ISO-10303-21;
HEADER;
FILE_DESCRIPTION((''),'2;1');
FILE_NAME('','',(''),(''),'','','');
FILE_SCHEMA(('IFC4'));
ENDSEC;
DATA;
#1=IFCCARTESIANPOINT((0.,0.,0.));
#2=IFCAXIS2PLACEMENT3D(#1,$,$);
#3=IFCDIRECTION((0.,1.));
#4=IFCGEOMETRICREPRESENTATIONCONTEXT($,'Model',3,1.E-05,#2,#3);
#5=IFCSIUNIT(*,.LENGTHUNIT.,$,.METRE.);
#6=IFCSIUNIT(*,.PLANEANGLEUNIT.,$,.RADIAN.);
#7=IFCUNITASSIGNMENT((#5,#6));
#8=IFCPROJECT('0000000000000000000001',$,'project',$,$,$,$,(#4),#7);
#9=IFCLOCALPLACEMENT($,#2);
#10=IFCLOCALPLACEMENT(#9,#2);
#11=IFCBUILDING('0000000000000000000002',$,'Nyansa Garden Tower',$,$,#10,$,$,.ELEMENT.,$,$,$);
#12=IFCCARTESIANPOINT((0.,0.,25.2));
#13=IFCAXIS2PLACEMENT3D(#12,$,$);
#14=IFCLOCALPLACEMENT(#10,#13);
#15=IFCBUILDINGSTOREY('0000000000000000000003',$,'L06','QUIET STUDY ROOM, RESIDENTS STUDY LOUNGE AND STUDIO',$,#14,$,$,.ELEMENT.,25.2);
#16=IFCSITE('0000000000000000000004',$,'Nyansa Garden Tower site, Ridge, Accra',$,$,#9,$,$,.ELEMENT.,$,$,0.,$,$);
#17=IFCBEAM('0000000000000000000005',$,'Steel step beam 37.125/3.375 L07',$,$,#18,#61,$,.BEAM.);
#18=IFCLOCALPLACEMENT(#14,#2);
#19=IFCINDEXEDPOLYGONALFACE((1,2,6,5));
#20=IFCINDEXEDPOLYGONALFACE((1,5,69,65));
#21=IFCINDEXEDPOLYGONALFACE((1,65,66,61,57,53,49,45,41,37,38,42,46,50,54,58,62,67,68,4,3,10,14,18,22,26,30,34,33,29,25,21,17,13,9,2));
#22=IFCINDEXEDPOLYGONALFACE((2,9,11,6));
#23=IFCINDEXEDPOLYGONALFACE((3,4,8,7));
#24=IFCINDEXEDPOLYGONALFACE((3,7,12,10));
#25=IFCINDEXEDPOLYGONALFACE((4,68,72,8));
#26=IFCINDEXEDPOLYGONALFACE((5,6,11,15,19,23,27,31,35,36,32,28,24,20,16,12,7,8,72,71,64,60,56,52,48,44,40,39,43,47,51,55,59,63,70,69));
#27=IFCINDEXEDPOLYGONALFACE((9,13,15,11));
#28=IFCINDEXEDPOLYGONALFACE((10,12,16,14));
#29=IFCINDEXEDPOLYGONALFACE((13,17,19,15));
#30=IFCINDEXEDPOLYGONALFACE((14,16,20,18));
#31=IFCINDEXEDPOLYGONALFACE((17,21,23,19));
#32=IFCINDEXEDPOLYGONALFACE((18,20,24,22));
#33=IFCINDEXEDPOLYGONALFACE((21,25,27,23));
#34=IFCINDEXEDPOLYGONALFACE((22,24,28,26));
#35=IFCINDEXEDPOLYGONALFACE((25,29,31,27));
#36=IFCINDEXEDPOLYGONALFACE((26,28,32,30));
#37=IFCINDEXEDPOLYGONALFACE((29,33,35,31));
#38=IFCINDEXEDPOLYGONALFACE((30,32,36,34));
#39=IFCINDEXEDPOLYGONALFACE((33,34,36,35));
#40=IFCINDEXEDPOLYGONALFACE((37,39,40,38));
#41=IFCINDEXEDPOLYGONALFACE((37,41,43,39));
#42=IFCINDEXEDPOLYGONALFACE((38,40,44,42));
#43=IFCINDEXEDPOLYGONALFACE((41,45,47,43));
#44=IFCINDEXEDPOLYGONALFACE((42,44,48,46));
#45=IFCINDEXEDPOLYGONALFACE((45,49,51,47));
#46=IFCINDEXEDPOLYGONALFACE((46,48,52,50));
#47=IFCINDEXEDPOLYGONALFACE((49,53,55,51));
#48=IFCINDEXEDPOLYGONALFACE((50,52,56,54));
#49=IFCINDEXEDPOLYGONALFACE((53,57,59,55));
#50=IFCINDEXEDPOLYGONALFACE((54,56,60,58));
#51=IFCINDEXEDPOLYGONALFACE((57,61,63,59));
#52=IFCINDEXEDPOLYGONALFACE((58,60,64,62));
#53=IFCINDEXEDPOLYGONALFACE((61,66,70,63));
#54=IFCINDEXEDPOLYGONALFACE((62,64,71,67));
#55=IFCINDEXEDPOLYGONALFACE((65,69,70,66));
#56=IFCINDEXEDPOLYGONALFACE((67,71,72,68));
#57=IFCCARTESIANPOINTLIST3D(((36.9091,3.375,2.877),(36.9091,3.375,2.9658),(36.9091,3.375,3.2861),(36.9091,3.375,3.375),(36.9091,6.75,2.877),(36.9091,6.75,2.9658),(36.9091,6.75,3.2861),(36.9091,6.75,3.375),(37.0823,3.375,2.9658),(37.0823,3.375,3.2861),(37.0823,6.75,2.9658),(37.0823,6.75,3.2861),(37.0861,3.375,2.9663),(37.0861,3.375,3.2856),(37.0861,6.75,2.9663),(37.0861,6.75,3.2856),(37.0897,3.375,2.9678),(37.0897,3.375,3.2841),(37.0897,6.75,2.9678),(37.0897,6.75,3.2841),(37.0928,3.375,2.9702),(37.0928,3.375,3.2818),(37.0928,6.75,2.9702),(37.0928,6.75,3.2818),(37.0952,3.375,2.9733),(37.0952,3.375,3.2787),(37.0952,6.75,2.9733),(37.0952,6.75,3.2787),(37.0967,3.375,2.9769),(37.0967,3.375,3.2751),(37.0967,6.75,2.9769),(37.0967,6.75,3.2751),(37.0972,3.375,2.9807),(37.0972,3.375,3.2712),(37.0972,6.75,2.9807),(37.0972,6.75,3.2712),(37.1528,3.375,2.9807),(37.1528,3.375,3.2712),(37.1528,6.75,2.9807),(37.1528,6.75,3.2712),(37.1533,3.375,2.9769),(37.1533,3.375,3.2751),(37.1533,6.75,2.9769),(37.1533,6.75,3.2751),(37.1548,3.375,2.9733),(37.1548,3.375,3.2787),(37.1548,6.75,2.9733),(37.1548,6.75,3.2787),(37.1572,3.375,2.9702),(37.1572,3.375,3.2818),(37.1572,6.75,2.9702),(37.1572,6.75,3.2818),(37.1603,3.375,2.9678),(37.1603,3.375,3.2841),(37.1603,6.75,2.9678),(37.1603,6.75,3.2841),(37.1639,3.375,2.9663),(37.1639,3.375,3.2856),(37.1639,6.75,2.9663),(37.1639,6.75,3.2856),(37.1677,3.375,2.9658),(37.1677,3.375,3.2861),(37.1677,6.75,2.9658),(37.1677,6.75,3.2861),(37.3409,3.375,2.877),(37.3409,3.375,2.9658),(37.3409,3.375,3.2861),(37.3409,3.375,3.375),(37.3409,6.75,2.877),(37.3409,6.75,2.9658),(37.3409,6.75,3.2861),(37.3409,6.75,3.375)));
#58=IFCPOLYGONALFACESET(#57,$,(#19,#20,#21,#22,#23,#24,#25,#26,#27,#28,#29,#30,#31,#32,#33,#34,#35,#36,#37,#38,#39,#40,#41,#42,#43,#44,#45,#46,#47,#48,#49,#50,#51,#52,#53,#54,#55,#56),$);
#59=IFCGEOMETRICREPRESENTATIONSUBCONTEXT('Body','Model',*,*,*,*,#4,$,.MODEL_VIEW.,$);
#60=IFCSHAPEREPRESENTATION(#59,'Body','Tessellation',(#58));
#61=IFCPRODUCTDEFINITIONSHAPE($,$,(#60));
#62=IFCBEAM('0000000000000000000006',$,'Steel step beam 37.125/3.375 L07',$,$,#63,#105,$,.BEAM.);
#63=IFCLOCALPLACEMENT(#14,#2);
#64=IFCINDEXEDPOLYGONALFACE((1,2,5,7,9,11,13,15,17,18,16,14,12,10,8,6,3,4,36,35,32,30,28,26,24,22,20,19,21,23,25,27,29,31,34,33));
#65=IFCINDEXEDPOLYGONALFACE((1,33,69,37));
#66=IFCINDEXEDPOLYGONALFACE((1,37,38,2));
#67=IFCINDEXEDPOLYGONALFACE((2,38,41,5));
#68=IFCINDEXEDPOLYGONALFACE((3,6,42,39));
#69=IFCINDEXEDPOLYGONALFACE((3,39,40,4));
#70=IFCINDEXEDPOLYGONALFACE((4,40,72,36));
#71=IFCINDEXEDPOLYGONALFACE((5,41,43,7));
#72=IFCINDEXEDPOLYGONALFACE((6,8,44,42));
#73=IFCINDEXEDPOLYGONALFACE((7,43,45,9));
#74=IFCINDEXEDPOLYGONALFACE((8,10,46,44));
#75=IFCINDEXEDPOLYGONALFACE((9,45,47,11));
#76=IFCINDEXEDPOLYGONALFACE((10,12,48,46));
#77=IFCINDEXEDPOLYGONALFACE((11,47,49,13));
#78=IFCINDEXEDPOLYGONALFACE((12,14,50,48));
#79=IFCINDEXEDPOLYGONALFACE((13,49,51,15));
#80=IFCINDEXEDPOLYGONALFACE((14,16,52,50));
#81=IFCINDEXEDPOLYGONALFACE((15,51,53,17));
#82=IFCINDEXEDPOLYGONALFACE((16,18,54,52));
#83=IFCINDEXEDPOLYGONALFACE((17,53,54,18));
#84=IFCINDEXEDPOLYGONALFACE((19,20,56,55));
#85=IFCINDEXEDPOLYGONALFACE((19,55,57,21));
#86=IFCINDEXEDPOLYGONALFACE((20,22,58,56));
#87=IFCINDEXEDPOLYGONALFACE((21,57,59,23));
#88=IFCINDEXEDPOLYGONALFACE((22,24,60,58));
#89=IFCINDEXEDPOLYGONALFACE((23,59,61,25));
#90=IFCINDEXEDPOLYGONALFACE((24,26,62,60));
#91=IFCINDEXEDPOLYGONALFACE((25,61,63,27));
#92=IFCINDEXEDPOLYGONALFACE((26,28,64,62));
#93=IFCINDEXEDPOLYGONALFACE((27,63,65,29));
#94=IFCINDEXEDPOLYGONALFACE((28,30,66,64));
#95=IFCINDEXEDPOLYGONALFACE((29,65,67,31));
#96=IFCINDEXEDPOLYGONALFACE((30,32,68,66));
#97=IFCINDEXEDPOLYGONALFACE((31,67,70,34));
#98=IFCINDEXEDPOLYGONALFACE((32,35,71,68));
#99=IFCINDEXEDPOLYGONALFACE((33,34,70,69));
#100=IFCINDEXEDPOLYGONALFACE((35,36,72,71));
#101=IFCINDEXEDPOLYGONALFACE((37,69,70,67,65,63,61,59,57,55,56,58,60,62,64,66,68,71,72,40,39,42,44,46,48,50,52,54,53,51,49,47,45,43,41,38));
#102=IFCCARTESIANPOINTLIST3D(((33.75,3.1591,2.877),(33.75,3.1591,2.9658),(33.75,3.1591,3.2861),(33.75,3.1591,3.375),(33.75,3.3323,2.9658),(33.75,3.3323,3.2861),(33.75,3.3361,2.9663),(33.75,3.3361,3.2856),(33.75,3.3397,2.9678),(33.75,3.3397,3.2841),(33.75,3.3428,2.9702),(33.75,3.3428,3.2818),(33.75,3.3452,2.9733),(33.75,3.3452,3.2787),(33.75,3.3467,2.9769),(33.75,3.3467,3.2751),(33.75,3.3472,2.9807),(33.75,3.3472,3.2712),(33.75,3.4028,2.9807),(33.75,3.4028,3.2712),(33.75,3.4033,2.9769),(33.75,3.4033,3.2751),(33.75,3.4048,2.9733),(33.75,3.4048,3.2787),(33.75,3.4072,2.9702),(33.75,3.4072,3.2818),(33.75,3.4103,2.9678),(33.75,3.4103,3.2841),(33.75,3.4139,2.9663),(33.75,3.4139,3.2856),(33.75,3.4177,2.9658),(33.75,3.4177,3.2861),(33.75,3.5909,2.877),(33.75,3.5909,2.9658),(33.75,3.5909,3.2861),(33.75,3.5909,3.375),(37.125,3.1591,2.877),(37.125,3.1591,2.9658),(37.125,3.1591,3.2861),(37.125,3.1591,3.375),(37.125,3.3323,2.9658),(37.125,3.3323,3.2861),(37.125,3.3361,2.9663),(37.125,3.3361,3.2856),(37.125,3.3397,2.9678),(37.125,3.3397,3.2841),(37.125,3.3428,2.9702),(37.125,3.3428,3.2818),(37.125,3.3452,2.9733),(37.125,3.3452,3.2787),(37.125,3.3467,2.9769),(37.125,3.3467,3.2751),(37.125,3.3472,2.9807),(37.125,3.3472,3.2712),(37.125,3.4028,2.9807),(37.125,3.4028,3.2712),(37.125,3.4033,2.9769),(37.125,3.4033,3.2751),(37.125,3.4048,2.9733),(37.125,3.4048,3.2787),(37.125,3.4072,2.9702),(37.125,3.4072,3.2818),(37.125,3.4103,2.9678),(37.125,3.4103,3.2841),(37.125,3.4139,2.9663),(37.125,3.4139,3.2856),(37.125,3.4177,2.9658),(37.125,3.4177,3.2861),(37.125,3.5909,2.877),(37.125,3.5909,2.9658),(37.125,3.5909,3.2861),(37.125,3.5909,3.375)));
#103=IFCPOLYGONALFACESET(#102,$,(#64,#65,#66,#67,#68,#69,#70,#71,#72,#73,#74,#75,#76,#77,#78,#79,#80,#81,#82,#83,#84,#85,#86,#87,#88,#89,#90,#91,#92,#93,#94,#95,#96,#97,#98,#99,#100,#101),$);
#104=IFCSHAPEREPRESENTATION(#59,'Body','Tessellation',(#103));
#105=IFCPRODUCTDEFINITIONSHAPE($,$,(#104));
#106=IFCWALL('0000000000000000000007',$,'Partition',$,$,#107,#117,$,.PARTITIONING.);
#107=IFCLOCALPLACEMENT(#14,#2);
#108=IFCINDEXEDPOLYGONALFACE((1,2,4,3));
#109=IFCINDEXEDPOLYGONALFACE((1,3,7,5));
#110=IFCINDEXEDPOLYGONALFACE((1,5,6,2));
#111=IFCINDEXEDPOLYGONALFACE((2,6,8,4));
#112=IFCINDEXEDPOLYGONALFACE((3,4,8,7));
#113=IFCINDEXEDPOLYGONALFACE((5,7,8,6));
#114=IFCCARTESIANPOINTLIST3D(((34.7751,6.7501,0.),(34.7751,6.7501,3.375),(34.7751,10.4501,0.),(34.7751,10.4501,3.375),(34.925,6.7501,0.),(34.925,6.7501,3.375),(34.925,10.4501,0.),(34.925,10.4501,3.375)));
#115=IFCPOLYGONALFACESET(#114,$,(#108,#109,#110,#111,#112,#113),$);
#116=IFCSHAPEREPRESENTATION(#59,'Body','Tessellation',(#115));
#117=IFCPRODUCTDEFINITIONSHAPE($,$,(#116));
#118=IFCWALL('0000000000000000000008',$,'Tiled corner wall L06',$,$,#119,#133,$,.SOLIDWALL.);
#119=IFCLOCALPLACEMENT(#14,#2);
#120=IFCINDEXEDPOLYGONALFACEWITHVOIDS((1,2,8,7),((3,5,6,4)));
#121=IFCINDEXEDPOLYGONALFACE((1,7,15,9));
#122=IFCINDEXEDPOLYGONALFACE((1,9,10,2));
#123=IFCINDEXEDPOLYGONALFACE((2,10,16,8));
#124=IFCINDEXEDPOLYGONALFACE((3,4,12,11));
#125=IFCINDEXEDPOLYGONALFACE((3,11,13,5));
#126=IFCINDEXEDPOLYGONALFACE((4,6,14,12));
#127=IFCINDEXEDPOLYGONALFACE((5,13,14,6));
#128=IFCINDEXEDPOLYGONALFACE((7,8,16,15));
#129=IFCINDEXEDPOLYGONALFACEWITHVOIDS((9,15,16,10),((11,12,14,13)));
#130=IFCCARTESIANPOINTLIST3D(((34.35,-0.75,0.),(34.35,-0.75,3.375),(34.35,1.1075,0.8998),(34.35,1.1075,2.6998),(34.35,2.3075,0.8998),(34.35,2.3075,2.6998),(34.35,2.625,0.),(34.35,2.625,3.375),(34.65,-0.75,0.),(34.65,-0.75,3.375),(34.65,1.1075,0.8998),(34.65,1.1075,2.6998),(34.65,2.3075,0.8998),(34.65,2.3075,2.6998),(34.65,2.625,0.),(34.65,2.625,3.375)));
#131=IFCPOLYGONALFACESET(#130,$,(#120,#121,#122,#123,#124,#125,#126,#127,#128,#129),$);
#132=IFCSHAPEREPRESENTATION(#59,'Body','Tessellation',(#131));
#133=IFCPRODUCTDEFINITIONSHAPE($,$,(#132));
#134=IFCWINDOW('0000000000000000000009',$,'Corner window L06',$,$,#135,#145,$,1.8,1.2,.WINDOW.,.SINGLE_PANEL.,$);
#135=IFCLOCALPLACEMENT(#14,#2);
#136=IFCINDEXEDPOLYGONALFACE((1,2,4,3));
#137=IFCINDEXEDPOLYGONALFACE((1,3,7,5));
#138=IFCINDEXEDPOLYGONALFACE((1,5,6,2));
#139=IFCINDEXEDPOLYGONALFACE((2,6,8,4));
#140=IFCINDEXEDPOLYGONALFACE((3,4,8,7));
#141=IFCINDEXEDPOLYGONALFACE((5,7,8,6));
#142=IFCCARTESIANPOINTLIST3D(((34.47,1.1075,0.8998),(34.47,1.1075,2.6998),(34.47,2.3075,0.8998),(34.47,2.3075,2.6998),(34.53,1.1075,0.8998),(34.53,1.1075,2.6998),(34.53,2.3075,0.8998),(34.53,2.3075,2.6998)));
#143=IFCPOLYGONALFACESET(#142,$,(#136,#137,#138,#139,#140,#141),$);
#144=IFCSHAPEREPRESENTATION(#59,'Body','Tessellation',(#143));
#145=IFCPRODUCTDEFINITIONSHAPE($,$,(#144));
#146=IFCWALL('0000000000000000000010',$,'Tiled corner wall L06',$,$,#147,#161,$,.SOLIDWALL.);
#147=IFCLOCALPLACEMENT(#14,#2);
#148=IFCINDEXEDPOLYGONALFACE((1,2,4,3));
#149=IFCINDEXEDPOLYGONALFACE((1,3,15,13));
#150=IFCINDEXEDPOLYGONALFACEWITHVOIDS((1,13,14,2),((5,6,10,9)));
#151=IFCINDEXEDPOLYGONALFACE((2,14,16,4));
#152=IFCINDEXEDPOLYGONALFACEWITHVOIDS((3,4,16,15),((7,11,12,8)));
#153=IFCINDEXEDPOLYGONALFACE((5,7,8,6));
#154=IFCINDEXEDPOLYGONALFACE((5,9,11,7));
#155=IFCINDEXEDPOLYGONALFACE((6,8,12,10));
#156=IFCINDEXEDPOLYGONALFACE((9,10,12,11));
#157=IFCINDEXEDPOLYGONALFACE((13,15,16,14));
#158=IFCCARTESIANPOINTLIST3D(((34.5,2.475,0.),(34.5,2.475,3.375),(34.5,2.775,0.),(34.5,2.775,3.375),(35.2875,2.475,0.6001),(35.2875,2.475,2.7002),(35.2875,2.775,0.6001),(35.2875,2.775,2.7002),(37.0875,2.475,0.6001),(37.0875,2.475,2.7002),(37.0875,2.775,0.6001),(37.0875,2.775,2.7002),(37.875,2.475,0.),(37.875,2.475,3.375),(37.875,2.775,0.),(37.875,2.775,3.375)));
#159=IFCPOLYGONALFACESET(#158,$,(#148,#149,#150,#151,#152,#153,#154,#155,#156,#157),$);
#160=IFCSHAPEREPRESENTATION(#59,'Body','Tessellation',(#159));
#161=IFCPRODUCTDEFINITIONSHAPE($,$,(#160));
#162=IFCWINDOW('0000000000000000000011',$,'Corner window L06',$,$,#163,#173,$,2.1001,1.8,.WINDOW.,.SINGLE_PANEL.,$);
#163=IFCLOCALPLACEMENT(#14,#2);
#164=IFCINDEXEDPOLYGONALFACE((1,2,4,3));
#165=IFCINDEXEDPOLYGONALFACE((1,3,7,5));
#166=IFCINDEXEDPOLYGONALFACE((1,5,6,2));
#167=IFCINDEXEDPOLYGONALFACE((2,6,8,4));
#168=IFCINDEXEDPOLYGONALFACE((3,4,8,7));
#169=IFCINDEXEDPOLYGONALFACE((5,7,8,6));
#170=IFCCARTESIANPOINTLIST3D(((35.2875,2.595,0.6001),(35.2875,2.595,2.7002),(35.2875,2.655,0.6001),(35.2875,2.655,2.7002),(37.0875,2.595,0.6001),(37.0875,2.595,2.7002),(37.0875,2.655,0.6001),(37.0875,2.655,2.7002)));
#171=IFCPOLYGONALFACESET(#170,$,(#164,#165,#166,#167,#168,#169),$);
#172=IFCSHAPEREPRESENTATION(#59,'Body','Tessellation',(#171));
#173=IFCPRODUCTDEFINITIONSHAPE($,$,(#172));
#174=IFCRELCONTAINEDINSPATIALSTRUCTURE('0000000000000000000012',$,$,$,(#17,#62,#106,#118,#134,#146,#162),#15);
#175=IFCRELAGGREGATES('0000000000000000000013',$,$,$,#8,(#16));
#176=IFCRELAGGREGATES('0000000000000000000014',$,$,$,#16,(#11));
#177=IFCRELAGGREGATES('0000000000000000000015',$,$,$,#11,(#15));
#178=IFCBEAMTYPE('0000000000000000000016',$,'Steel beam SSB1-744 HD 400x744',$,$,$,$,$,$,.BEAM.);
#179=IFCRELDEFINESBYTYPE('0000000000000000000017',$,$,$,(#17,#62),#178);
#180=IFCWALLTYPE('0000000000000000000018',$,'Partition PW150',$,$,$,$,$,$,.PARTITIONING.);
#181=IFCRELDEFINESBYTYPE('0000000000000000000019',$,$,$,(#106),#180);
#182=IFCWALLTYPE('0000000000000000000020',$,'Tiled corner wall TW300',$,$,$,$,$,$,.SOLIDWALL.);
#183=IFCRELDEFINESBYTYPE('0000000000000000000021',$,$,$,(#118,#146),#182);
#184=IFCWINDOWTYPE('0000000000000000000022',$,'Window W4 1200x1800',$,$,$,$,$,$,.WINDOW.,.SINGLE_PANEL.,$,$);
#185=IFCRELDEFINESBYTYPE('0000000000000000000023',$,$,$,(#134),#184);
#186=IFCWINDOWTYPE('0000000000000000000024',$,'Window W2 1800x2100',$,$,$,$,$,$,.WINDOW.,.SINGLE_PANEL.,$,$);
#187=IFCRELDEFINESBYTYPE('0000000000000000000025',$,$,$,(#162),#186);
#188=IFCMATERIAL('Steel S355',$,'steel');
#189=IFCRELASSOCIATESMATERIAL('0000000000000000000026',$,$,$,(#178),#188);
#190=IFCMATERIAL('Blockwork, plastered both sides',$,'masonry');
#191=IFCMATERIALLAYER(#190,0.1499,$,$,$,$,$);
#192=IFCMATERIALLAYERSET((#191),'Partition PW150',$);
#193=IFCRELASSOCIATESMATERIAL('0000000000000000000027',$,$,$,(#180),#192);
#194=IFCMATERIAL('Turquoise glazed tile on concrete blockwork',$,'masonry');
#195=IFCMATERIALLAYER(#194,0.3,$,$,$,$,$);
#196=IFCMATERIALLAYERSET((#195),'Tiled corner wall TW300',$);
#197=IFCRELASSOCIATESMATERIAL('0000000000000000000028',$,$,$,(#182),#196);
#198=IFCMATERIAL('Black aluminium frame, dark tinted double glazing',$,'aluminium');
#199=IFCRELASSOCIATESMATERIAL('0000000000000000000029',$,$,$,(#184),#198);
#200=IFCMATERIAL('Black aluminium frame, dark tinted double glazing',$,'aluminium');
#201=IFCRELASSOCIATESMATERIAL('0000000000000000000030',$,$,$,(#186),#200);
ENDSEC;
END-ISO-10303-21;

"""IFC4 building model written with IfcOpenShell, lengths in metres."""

from ifc_helpers import new_model, si_unit, direction, frame, frame_2d, origin, origin_2d, place, context, subcontext, project, spatial, rectangle, i_section, extrude, material, layer, layer_set, material_profile, profile_set, type_object, element, fill, save


model = new_model("IFC4")

# Units and contexts
model_context = context("Model", 3, precision=1e-05, world=origin(), true_north=direction((0.0, 1.0)))
body_context = subcontext(model_context, "Body", "Model", "MODEL_VIEW")
ifc_project = project(units=[si_unit("LENGTHUNIT", "METRE"), si_unit("PLANEANGLEUNIT", "RADIAN")], contexts=[model_context])

# Site, building, storey
site_placement = place(None, origin())
site = spatial("IfcSite", under=ifc_project, at=site_placement, Name="Nyansa Garden Tower site, Ridge, Accra", CompositionType="ELEMENT", RefElevation=0.0)
building_placement = place(site_placement, origin())
building = spatial("IfcBuilding", under=site, at=building_placement, Name="Nyansa Garden Tower", CompositionType="ELEMENT")
storey_placement = place(building_placement, frame((0.0, 0.0, 25.2)))
storey = spatial("IfcBuildingStorey", under=building, at=storey_placement, Name="L06", Description="QUIET STUDY ROOM, RESIDENTS STUDY LOUNGE AND STUDIO", CompositionType="ELEMENT", Elevation=25.2)

# Beams
ifc_material_1 = material(Name="Steel S355", Category="steel")
ifc_material_profile_1 = material_profile(ifc_material_1, i_section(OverallWidth=0.4319, OverallDepth=0.498, WebThickness=0.0557, FlangeThickness=0.0889, FilletRadius=0.0149, at=origin_2d()), Name="HD 400x744")
ifc_profile_set_1 = profile_set([ifc_material_profile_1], Name="Steel S355")
beam_type_1 = type_object("IfcBeamType", Name="Steel beam SSB1-744 HD 400x744", PredefinedType="BEAM", material=ifc_profile_set_1)
for number, where, z_axis, x_axis, name in (
    (1, (37.125, 3.375, 3.126), (0.0, 1.0, 0.0), (-1.0, 0.0, 0.0), "Steel step beam 37.125/3.375 L07"),
    (2, (37.125, 3.375, 3.126), (-1.0, 0.0, 0.0), (0.0, -1.0, 0.0), "Steel step beam 37.125/3.375 L07"),
):
    element("IfcBeam", number, at=place(storey_placement, frame(where, z_axis=z_axis, x_axis=x_axis)), inside=storey, type_object=beam_type_1, Name=name, PredefinedType="BEAM", context=body_context, shape_type="SweptSolid", body=[
        extrude(i_section(OverallWidth=0.4319, OverallDepth=0.498, WebThickness=0.0557, FlangeThickness=0.0889, FilletRadius=0.0149, at=origin_2d()), origin(), (0.0, 0.0, 1.0), 3.375),
    ])

# Wall
ifc_material_2 = material(Name="Blockwork, plastered both sides", Category="masonry")
ifc_layer_1 = layer(ifc_material_2, 0.1499)
ifc_layer_set_1 = layer_set([ifc_layer_1], Name="Partition PW150")
wall_type_1 = type_object("IfcWallType", Name="Partition PW150", PredefinedType="PARTITIONING", material=ifc_layer_set_1)
wall_1_placement = place(storey_placement, frame((34.8501, 6.75, 0.0), z_axis=(0.0, 0.0, 1.0), x_axis=(0.0, 1.0, 0.0)))
element("IfcWall", 3, at=wall_1_placement, inside=storey, type_object=wall_type_1, Name="Partition", PredefinedType="PARTITIONING", context=body_context, shape_type="SweptSolid", body=[
    extrude(rectangle(XDim=3.7, YDim=0.1499, at=frame_2d((1.8501, 0.0))), origin(), (0.0, 0.0, 1.0), 3.375),
])

# Walls, openings, windows
ifc_material_3 = material(Name="Turquoise glazed tile on concrete blockwork", Category="masonry")
ifc_layer_2 = layer(ifc_material_3, 0.3)
ifc_layer_set_2 = layer_set([ifc_layer_2], Name="Tiled corner wall TW300")
wall_type_2 = type_object("IfcWallType", Name="Tiled corner wall TW300", PredefinedType="SOLIDWALL", material=ifc_layer_set_2)
wall_2_placement = place(storey_placement, frame((34.5, -0.75, 0.0), z_axis=(0.0, 0.0, 1.0), x_axis=(0.0, 1.0, 0.0)))
wall_2 = element("IfcWall", 4, at=wall_2_placement, inside=storey, type_object=wall_type_2, Name="Tiled corner wall L06", PredefinedType="SOLIDWALL", context=body_context, shape_type="SweptSolid", body=[
    extrude(rectangle(XDim=3.375, YDim=0.3, at=frame_2d((1.6875, 0.0))), origin(), (0.0, 0.0, 1.0), 3.375),
])
opening_1_placement = place(wall_2_placement, frame((1.8574, 0.0, 0.8999)))
opening_1 = element("IfcOpeningElement", 5, at=opening_1_placement, cuts=wall_2, PredefinedType="OPENING", context=body_context, shape_type="SweptSolid", body=[
    extrude(rectangle(XDim=1.2, YDim=1.8, at=frame_2d((0.6001, 0.8999))), frame((0.0, 0.1599, 0.0), z_axis=(0.0, -1.0, 0.0), x_axis=(1.0, 0.0, 0.0)), (0.0, 0.0, 1.0), 0.3201),
])
ifc_material_4 = material(Name="Black aluminium frame, dark tinted double glazing", Category="aluminium")
window_type_1 = type_object("IfcWindowType", Name="Window W4 1200x1800", PartitioningType="SINGLE_PANEL", PredefinedType="WINDOW", material=ifc_material_4)
window_1_placement = place(opening_1_placement, origin())
window_1 = element("IfcWindow", 6, at=window_1_placement, inside=storey, type_object=window_type_1, Name="Corner window L06", OverallHeight=1.8, OverallWidth=1.2, PartitioningType="SINGLE_PANEL", PredefinedType="WINDOW", context=body_context, shape_type="SweptSolid", body=[
    extrude(rectangle(XDim=1.2, YDim=1.8, at=frame_2d((0.6001, 0.8999))), frame((0.0, 0.03, 0.0), z_axis=(0.0, -1.0, 0.0), x_axis=(1.0, 0.0, 0.0)), (0.0, 0.0, 1.0), 0.0601),
])
fill(opening_1, window_1)
wall_3_placement = place(storey_placement, frame((34.5, 2.625, 0.0), z_axis=(0.0, 0.0, 1.0), x_axis=(1.0, 0.0, 0.0)))
wall_3 = element("IfcWall", 7, at=wall_3_placement, inside=storey, type_object=wall_type_2, Name="Tiled corner wall L06", PredefinedType="SOLIDWALL", context=body_context, shape_type="SweptSolid", body=[
    extrude(rectangle(XDim=3.375, YDim=0.3, at=frame_2d((1.6875, 0.0))), origin(), (0.0, 0.0, 1.0), 3.375),
])
opening_2_placement = place(wall_3_placement, frame((0.7876, 0.0, 0.6001)))
opening_2 = element("IfcOpeningElement", 8, at=opening_2_placement, cuts=wall_3, PredefinedType="OPENING", context=body_context, shape_type="SweptSolid", body=[
    extrude(rectangle(XDim=1.8, YDim=2.1001, at=frame_2d((0.8999, 1.05))), frame((0.0, 0.1599, 0.0), z_axis=(0.0, -1.0, 0.0), x_axis=(1.0, 0.0, 0.0)), (0.0, 0.0, 1.0), 0.3201),
])
ifc_material_5 = material(Name="Black aluminium frame, dark tinted double glazing", Category="aluminium")
window_type_2 = type_object("IfcWindowType", Name="Window W2 1800x2100", PartitioningType="SINGLE_PANEL", PredefinedType="WINDOW", material=ifc_material_5)
window_2_placement = place(opening_2_placement, origin())
window_2 = element("IfcWindow", 9, at=window_2_placement, inside=storey, type_object=window_type_2, Name="Corner window L06", OverallHeight=2.1001, OverallWidth=1.8, PartitioningType="SINGLE_PANEL", PredefinedType="WINDOW", context=body_context, shape_type="SweptSolid", body=[
    extrude(rectangle(XDim=1.8, YDim=2.1001, at=frame_2d((0.8999, 1.05))), frame((0.0, 0.03, 0.0), z_axis=(0.0, -1.0, 0.0), x_axis=(1.0, 0.0, 0.0)), (0.0, 0.0, 1.0), 0.0601),
])
fill(opening_2, window_2)

save(model, "model.ifc")
